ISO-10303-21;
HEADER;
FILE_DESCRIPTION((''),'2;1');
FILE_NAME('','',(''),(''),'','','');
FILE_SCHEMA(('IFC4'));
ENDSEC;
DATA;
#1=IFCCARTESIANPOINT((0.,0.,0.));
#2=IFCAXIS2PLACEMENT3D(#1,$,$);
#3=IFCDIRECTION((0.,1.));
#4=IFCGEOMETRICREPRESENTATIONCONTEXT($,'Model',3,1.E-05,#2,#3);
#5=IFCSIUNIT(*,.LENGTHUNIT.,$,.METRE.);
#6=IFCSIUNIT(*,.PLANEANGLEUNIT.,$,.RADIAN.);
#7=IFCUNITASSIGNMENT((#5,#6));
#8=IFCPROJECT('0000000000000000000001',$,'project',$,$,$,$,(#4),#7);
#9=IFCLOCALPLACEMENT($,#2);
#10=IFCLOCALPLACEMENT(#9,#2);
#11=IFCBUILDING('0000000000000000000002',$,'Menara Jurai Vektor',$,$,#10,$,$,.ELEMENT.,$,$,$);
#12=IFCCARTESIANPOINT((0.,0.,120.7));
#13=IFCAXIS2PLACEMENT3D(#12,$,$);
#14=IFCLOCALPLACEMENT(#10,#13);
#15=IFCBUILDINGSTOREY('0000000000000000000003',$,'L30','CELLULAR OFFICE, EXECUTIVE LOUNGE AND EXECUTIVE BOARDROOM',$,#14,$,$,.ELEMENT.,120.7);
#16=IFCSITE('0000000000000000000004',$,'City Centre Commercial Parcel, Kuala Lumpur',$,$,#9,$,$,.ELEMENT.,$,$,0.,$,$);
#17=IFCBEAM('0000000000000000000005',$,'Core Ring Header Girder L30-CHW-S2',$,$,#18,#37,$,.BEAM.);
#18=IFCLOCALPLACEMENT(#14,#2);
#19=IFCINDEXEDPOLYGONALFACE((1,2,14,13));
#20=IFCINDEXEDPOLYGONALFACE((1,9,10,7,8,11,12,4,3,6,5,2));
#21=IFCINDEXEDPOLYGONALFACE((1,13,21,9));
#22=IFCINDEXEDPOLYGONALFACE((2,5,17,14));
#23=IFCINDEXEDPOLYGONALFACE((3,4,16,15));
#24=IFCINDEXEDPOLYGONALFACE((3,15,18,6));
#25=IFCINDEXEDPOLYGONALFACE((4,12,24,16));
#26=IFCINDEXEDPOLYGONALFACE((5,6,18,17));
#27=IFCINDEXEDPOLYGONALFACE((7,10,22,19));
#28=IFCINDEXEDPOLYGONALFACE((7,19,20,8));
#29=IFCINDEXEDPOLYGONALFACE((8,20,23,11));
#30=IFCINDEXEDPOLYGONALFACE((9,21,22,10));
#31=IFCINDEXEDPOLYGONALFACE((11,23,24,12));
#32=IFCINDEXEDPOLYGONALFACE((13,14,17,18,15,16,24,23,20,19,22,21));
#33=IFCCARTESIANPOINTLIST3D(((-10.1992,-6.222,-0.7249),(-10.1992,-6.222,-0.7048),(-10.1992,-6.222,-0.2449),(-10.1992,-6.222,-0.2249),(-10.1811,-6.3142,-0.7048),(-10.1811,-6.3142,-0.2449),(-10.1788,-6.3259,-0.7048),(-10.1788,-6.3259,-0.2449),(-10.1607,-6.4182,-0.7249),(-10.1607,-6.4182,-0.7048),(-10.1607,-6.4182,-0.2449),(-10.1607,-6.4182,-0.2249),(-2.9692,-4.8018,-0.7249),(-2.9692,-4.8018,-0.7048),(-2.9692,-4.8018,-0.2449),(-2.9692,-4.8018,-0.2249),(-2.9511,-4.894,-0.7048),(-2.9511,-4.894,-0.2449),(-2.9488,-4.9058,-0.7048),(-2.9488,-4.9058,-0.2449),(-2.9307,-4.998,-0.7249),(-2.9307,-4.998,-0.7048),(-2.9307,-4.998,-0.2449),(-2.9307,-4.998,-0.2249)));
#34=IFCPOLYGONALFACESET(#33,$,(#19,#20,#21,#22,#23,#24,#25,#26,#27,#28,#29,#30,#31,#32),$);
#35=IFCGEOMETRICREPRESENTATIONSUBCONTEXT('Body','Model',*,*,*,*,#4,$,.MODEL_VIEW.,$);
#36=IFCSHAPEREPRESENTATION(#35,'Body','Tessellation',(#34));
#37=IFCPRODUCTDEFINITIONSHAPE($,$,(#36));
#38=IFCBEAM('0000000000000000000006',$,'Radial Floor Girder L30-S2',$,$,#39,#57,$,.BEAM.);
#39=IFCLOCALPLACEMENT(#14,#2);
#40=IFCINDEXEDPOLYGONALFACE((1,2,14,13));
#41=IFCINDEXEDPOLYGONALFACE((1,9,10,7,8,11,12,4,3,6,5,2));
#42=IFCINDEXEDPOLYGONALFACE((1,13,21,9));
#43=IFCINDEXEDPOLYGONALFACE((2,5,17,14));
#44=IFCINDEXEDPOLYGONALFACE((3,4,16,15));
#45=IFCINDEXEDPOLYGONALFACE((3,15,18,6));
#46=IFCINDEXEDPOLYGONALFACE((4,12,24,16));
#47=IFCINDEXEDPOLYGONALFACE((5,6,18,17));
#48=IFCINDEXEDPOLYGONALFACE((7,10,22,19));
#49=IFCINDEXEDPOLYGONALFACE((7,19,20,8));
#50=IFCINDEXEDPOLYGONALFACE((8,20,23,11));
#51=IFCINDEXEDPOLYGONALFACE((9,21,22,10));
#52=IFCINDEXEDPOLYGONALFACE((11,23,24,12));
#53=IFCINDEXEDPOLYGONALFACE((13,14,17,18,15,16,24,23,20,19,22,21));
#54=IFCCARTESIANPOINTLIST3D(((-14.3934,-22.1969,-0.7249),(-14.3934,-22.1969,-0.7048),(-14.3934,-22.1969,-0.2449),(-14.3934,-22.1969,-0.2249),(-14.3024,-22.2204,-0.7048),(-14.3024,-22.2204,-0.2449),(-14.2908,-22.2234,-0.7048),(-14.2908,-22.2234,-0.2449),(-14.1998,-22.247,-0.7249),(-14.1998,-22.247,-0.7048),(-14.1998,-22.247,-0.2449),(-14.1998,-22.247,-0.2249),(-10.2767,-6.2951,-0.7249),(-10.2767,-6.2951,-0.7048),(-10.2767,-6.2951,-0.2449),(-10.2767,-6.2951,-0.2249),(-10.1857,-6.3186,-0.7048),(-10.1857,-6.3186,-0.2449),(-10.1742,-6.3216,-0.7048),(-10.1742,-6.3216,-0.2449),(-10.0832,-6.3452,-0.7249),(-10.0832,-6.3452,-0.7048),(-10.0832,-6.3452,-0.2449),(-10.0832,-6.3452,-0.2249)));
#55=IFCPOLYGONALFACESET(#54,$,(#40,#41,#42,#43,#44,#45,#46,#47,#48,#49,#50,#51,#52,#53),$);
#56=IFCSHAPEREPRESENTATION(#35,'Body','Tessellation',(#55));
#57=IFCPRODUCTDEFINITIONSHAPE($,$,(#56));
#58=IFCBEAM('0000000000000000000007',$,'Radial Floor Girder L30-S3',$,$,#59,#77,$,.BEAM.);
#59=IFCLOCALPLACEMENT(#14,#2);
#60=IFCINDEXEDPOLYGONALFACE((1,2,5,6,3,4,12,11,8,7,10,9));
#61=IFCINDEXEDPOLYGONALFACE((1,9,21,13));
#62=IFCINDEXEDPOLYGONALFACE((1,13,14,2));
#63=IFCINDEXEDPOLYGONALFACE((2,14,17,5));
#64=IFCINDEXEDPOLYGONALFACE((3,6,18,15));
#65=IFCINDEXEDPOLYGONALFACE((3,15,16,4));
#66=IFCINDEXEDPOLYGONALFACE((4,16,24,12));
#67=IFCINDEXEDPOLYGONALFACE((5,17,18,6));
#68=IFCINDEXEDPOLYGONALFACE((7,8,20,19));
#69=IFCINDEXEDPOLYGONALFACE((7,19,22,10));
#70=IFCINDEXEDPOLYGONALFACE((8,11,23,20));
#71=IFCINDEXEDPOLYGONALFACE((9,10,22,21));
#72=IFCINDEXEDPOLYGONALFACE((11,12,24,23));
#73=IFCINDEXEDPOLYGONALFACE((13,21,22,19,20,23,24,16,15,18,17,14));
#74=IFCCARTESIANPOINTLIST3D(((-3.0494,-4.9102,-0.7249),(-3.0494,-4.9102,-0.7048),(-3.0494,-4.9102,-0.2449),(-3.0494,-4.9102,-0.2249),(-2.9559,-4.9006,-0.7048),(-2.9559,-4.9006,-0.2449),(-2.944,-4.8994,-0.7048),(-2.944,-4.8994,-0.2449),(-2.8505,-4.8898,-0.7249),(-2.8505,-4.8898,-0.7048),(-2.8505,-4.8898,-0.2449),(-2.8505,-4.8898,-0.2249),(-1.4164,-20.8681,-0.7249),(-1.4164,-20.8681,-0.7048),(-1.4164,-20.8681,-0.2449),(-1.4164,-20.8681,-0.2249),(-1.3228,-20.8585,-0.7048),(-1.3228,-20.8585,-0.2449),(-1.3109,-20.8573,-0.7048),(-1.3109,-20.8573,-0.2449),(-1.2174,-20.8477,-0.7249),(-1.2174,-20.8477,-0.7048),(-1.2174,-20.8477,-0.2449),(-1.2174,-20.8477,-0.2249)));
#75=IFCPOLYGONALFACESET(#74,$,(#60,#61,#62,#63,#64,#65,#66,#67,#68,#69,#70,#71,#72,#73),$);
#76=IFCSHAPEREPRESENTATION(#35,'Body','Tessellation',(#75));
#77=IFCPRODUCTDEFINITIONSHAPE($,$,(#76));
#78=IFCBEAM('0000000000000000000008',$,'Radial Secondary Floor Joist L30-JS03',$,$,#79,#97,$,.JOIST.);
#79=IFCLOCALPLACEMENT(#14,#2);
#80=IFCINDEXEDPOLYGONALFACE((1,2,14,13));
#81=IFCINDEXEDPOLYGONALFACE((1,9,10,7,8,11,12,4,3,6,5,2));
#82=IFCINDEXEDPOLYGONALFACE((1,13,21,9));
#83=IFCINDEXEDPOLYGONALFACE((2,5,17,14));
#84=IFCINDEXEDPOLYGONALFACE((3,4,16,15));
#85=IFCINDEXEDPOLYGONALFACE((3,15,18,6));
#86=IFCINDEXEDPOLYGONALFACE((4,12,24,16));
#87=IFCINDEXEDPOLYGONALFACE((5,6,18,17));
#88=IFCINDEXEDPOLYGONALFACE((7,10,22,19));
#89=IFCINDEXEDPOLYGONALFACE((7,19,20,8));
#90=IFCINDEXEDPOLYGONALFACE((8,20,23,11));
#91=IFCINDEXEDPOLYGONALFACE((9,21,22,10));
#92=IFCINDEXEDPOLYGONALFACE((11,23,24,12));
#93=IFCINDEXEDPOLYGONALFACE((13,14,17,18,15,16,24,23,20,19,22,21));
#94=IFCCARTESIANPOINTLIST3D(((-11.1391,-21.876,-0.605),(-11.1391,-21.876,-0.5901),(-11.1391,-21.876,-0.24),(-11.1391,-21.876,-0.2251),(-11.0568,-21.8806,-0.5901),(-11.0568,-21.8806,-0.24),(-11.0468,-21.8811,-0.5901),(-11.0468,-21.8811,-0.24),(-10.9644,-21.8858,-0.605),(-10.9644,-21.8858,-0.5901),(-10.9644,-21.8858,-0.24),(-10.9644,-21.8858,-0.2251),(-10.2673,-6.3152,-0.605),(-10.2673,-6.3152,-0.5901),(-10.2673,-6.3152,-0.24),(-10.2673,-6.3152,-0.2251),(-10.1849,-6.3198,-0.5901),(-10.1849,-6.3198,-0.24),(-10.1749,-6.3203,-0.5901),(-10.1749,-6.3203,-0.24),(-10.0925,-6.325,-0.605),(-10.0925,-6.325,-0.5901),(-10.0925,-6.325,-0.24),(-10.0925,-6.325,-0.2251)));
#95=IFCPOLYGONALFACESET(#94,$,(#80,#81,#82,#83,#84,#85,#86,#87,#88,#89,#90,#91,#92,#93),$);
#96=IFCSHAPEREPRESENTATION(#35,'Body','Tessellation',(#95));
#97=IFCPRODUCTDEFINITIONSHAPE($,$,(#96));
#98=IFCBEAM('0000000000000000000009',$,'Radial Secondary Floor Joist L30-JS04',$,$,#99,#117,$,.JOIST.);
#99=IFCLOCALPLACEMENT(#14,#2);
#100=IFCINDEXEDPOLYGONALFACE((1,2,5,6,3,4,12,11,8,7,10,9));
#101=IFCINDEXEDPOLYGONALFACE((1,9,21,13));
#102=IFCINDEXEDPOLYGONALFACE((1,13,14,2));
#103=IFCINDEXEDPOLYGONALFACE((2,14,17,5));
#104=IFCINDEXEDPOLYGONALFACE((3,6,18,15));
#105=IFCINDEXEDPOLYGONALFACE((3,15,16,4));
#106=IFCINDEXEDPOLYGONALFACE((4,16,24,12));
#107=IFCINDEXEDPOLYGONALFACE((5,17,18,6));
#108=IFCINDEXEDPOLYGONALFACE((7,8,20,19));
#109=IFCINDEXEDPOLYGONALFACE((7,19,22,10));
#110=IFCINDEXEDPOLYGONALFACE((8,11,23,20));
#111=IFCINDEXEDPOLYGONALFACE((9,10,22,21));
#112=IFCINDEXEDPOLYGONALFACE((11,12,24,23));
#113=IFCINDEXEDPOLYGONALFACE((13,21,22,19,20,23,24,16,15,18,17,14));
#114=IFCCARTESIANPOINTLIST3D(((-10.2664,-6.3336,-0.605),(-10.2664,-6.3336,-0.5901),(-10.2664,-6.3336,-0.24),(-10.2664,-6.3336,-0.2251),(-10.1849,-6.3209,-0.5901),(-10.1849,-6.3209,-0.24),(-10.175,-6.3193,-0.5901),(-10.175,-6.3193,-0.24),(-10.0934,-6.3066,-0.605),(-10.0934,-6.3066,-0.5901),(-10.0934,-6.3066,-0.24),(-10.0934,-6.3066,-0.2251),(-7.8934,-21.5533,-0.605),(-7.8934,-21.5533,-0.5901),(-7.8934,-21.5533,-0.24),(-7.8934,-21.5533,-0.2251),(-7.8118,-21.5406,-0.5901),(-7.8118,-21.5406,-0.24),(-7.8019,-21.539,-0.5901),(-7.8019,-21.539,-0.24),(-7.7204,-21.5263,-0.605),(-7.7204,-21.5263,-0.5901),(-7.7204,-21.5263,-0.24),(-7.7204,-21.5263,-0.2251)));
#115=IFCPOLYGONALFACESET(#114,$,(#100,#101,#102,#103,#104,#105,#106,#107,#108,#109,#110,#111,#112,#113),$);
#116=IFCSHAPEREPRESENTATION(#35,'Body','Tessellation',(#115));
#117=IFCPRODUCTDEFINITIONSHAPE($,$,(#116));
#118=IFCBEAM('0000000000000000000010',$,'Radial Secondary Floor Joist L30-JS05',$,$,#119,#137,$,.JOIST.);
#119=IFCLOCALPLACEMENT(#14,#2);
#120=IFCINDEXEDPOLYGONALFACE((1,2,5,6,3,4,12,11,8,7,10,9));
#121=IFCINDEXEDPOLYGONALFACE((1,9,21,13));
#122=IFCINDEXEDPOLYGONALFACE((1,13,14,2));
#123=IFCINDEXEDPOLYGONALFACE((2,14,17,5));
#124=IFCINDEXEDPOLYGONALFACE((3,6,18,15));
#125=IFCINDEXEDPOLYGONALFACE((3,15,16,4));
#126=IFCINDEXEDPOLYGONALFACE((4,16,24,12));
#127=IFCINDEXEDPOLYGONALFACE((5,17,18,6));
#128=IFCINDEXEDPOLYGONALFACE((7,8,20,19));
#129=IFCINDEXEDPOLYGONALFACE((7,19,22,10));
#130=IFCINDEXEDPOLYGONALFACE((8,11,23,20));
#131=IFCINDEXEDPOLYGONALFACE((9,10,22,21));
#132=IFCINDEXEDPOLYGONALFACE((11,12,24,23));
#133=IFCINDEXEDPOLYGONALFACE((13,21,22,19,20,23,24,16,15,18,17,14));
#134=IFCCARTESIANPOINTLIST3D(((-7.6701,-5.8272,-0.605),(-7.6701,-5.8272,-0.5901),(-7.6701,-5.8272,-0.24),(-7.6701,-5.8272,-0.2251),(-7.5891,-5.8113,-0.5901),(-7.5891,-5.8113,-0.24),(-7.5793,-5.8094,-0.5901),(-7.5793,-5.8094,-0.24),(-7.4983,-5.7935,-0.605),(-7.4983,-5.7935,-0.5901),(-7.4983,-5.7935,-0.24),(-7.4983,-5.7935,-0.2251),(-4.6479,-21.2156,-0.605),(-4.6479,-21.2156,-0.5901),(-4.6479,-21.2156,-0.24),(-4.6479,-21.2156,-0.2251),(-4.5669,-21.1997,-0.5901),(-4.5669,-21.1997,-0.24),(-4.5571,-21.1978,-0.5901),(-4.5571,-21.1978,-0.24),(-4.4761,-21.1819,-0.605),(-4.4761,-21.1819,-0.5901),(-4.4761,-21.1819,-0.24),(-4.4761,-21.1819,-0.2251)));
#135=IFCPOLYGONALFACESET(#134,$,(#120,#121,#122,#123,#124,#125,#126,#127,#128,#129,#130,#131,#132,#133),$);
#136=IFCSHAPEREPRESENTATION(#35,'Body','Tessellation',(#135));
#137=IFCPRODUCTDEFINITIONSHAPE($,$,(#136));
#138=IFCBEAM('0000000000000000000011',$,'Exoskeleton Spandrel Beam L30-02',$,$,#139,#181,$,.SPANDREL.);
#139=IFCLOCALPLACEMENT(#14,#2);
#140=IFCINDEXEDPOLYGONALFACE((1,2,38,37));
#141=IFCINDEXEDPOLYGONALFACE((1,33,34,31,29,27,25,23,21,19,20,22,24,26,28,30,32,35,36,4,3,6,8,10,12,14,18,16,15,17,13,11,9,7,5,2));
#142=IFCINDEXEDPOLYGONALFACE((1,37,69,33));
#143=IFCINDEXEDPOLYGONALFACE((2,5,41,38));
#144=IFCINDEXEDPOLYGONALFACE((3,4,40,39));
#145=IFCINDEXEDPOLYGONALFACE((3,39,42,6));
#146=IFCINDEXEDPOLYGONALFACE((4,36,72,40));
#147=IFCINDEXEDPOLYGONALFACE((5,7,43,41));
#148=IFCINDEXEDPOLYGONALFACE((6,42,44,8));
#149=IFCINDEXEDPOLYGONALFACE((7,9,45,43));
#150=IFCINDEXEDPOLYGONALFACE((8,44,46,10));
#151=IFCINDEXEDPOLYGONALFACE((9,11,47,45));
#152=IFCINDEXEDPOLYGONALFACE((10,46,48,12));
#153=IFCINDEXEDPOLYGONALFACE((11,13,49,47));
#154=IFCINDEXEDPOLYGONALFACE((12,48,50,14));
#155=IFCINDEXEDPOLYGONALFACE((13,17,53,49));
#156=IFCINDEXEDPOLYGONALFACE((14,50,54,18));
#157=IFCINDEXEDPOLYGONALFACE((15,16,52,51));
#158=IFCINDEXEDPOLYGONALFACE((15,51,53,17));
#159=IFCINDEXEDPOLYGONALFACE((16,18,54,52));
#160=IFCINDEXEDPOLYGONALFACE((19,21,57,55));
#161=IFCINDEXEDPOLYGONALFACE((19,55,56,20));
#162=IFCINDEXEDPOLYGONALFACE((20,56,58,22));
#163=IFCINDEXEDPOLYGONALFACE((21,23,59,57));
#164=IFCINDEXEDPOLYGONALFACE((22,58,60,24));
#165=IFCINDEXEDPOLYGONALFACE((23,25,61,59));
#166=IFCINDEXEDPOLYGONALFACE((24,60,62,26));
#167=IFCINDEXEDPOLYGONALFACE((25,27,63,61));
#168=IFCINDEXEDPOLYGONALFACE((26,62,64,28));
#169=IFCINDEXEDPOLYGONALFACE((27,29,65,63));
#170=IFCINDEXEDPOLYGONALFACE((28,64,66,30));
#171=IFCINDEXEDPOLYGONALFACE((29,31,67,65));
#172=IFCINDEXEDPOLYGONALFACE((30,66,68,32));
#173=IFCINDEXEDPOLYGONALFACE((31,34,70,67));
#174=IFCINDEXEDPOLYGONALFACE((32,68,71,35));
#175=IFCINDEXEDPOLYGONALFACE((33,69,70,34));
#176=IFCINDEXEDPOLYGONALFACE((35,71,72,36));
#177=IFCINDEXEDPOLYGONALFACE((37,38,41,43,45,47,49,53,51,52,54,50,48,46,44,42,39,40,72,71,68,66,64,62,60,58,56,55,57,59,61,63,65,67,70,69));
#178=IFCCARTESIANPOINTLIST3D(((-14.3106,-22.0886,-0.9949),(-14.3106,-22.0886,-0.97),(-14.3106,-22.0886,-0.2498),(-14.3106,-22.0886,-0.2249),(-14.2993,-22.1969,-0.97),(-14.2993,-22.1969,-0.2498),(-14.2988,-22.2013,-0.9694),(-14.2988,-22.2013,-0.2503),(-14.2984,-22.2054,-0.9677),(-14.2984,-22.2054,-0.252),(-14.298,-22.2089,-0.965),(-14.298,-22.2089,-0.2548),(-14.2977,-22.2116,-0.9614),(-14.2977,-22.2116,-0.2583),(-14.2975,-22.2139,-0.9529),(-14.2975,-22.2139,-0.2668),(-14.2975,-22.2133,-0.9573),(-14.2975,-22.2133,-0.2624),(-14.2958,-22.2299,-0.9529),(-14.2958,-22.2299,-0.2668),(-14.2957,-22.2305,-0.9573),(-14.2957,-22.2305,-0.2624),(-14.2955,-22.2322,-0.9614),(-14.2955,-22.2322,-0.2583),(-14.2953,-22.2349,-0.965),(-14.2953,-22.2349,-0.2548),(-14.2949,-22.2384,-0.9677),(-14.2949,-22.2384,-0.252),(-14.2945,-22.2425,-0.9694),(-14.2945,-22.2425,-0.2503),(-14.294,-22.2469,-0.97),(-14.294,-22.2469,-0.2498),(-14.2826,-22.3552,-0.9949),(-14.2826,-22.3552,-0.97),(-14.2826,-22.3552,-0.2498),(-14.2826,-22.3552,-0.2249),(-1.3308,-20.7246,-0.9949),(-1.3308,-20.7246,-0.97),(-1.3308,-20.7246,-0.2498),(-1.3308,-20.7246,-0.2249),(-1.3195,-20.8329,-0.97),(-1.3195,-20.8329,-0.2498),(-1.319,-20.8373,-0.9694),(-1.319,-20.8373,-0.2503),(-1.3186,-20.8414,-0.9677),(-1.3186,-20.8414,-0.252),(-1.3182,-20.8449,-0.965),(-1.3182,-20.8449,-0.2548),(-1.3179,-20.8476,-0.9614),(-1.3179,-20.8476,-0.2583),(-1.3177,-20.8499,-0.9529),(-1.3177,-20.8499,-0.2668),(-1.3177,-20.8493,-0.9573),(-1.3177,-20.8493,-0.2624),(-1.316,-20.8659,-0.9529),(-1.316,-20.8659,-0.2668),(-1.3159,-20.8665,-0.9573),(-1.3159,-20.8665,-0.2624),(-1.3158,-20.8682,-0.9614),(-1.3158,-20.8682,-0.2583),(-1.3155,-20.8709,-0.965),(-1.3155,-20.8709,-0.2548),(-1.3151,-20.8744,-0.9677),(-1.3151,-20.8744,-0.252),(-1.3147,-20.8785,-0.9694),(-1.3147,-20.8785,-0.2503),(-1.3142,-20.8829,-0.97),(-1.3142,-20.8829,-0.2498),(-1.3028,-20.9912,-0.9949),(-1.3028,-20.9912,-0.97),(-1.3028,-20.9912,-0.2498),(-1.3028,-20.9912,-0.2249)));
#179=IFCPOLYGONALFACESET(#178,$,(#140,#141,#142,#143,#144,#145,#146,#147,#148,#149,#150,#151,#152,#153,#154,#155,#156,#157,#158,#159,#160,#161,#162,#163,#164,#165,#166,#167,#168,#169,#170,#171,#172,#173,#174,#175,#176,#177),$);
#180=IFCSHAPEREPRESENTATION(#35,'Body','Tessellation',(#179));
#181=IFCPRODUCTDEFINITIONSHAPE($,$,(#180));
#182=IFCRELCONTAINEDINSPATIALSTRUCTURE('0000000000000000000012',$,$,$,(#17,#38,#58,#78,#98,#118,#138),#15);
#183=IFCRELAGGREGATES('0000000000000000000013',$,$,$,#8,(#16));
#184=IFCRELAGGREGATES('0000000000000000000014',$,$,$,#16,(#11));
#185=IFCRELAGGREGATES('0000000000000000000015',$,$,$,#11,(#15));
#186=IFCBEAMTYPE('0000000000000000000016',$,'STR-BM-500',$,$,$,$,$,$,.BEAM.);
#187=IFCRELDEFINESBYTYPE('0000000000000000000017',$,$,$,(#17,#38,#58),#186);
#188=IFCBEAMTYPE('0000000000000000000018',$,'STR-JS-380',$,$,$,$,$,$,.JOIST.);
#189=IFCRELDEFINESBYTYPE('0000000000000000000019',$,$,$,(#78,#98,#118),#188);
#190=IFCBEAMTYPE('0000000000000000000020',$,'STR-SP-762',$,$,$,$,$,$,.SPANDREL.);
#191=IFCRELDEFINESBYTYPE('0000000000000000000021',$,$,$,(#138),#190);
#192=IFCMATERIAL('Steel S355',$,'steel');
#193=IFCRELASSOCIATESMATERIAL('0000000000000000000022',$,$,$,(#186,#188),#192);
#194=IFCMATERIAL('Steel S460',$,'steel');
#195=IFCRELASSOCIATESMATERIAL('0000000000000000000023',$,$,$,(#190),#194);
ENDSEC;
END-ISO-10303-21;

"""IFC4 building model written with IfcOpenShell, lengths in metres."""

from ifc_helpers import new_model, si_unit, direction, frame, origin, origin_2d, place, context, subcontext, project, spatial, i_section, extrude, material, material_profile, profile_set, type_object, element, save


model = new_model("IFC4")

# Units and contexts
model_context = context("Model", 3, precision=1e-05, world=origin(), true_north=direction((0.0, 1.0)))
body_context = subcontext(model_context, "Body", "Model", "MODEL_VIEW")
ifc_project = project(units=[si_unit("LENGTHUNIT", "METRE"), si_unit("PLANEANGLEUNIT", "RADIAN")], contexts=[model_context])

# Site, building, storey
site_placement = place(None, origin())
site = spatial("IfcSite", under=ifc_project, at=site_placement, Name="City Centre Commercial Parcel, Kuala Lumpur", CompositionType="ELEMENT", RefElevation=0.0)
building_placement = place(site_placement, origin())
building = spatial("IfcBuilding", under=site, at=building_placement, Name="Menara Jurai Vektor", CompositionType="ELEMENT")
storey_placement = place(building_placement, frame((0.0, 0.0, 120.7)))
storey = spatial("IfcBuildingStorey", under=building, at=storey_placement, Name="L30", Description="CELLULAR OFFICE, EXECUTIVE LOUNGE AND EXECUTIVE BOARDROOM", CompositionType="ELEMENT", Elevation=120.7)

# Shared definitions
ifc_material_1 = material(Name="Steel S460", Category="steel")

# Beams
ifc_material_2 = material(Name="Steel S355", Category="steel")
ifc_material_profile_1 = material_profile(ifc_material_2, i_section(OverallWidth=0.2, OverallDepth=0.5, WebThickness=0.012, FlangeThickness=0.02, at=origin_2d()), Name="PG 500x200x96")
ifc_profile_set_1 = profile_set([ifc_material_profile_1], Name="Steel S355")
beam_type_1 = type_object("IfcBeamType", Name="STR-BM-500", PredefinedType="BEAM", material=ifc_profile_set_1)
beam_1_placement = place(storey_placement, frame((-10.1799, -6.3201, -0.4749), z_axis=(0.981249, 0.192744, 0.0), x_axis=(-0.192744, 0.981249, 0.0)))
element("IfcBeam", 1, at=beam_1_placement, inside=storey, type_object=beam_type_1, Name="Core Ring Header Girder L30-CHW-S2", PredefinedType="BEAM", context=body_context, shape_type="SweptSolid", body=[
    extrude(i_section(OverallWidth=0.2, OverallDepth=0.5, WebThickness=0.012, FlangeThickness=0.02, at=origin_2d()), origin(), (0.0, 0.0, 1.0), 7.3682),
])
beam_2_placement = place(storey_placement, frame((-14.2966, -22.2219, -0.4749), z_axis=(0.25062, 0.968086, 0.0), x_axis=(-0.968086, 0.25062, 0.0)))
element("IfcBeam", 2, at=beam_2_placement, inside=storey, type_object=beam_type_1, Name="Radial Floor Girder L30-S2", PredefinedType="BEAM", context=body_context, shape_type="SweptSolid", body=[
    extrude(i_section(OverallWidth=0.2, OverallDepth=0.5, WebThickness=0.012, FlangeThickness=0.02, at=origin_2d()), origin(), (0.0, 0.0, 1.0), 16.426),
])
beam_3_placement = place(storey_placement, frame((-1.3169, -20.8579, -0.4749), z_axis=(-0.101803, 0.994805, 0.0), x_axis=(-0.994805, -0.101803, 0.0)))
element("IfcBeam", 3, at=beam_3_placement, inside=storey, type_object=beam_type_1, Name="Radial Floor Girder L30-S3", PredefinedType="BEAM", context=body_context, shape_type="SweptSolid", body=[
    extrude(i_section(OverallWidth=0.2, OverallDepth=0.5, WebThickness=0.012, FlangeThickness=0.02, at=origin_2d()), origin(), (0.0, 0.0, 1.0), 16.0413),
])
ifc_material_profile_2 = material_profile(ifc_material_2, i_section(OverallWidth=0.175, OverallDepth=0.3799, WebThickness=0.01, FlangeThickness=0.0149, at=origin_2d()), Name="PG 380x175x58")
ifc_profile_set_2 = profile_set([ifc_material_profile_2], Name="Steel S355")
beam_type_2 = type_object("IfcBeamType", Name="STR-JS-380", PredefinedType="JOIST", material=ifc_profile_set_2)
beam_4_placement = place(storey_placement, frame((-11.0518, -21.8809, -0.415), z_axis=(0.055939, 0.998434, 0.0), x_axis=(-0.998434, 0.055939, 0.0)))
element("IfcBeam", 4, at=beam_4_placement, inside=storey, type_object=beam_type_2, Name="Radial Secondary Floor Joist L30-JS03", PredefinedType="JOIST", context=body_context, shape_type="SweptSolid", body=[
    extrude(i_section(OverallWidth=0.175, OverallDepth=0.3799, WebThickness=0.01, FlangeThickness=0.0149, at=origin_2d()), origin(), (0.0, 0.0, 1.0), 15.5852),
])
beam_5_placement = place(storey_placement, frame((-7.8069, -21.5398, -0.415), z_axis=(-0.154058, 0.988062, 0.0), x_axis=(-0.988062, -0.154058, 0.0)))
element("IfcBeam", 5, at=beam_5_placement, inside=storey, type_object=beam_type_2, Name="Radial Secondary Floor Joist L30-JS04", PredefinedType="JOIST", context=body_context, shape_type="SweptSolid", body=[
    extrude(i_section(OverallWidth=0.175, OverallDepth=0.3799, WebThickness=0.01, FlangeThickness=0.0149, at=origin_2d()), origin(), (0.0, 0.0, 1.0), 15.4036),
])
beam_6_placement = place(storey_placement, frame((-4.562, -21.1987, -0.415), z_axis=(-0.192714, 0.981255, 0.0), x_axis=(-0.981255, -0.192714, 0.0)))
element("IfcBeam", 6, at=beam_6_placement, inside=storey, type_object=beam_type_2, Name="Radial Secondary Floor Joist L30-JS05", PredefinedType="JOIST", context=body_context, shape_type="SweptSolid", body=[
    extrude(i_section(OverallWidth=0.175, OverallDepth=0.3799, WebThickness=0.01, FlangeThickness=0.0149, at=origin_2d()), origin(), (0.0, 0.0, 1.0), 15.6824),
])
ifc_material_profile_3 = material_profile(ifc_material_1, i_section(OverallWidth=0.2681, OverallDepth=0.77, WebThickness=0.0161, FlangeThickness=0.0249, FilletRadius=0.0171, at=origin_2d()), Name="UKB 762x267x197")
ifc_profile_set_3 = profile_set([ifc_material_profile_3], Name="Steel S460")
beam_type_3 = type_object("IfcBeamType", Name="STR-SP-762", PredefinedType="SPANDREL", material=ifc_profile_set_3)
beam_7_placement = place(storey_placement, frame((-14.2966, -22.2219, -0.6099), z_axis=(0.994524, 0.104512, 0.0), x_axis=(-0.104512, 0.994524, 0.0)))
element("IfcBeam", 7, at=beam_7_placement, inside=storey, type_object=beam_type_3, Name="Exoskeleton Spandrel Beam L30-02", PredefinedType="SPANDREL", context=body_context, shape_type="SweptSolid", body=[
    extrude(i_section(OverallWidth=0.2681, OverallDepth=0.77, WebThickness=0.0161, FlangeThickness=0.0249, FilletRadius=0.0171, at=origin_2d()), origin(), (0.0, 0.0, 1.0), 13.0513),
])

save(model, "model.ifc")
